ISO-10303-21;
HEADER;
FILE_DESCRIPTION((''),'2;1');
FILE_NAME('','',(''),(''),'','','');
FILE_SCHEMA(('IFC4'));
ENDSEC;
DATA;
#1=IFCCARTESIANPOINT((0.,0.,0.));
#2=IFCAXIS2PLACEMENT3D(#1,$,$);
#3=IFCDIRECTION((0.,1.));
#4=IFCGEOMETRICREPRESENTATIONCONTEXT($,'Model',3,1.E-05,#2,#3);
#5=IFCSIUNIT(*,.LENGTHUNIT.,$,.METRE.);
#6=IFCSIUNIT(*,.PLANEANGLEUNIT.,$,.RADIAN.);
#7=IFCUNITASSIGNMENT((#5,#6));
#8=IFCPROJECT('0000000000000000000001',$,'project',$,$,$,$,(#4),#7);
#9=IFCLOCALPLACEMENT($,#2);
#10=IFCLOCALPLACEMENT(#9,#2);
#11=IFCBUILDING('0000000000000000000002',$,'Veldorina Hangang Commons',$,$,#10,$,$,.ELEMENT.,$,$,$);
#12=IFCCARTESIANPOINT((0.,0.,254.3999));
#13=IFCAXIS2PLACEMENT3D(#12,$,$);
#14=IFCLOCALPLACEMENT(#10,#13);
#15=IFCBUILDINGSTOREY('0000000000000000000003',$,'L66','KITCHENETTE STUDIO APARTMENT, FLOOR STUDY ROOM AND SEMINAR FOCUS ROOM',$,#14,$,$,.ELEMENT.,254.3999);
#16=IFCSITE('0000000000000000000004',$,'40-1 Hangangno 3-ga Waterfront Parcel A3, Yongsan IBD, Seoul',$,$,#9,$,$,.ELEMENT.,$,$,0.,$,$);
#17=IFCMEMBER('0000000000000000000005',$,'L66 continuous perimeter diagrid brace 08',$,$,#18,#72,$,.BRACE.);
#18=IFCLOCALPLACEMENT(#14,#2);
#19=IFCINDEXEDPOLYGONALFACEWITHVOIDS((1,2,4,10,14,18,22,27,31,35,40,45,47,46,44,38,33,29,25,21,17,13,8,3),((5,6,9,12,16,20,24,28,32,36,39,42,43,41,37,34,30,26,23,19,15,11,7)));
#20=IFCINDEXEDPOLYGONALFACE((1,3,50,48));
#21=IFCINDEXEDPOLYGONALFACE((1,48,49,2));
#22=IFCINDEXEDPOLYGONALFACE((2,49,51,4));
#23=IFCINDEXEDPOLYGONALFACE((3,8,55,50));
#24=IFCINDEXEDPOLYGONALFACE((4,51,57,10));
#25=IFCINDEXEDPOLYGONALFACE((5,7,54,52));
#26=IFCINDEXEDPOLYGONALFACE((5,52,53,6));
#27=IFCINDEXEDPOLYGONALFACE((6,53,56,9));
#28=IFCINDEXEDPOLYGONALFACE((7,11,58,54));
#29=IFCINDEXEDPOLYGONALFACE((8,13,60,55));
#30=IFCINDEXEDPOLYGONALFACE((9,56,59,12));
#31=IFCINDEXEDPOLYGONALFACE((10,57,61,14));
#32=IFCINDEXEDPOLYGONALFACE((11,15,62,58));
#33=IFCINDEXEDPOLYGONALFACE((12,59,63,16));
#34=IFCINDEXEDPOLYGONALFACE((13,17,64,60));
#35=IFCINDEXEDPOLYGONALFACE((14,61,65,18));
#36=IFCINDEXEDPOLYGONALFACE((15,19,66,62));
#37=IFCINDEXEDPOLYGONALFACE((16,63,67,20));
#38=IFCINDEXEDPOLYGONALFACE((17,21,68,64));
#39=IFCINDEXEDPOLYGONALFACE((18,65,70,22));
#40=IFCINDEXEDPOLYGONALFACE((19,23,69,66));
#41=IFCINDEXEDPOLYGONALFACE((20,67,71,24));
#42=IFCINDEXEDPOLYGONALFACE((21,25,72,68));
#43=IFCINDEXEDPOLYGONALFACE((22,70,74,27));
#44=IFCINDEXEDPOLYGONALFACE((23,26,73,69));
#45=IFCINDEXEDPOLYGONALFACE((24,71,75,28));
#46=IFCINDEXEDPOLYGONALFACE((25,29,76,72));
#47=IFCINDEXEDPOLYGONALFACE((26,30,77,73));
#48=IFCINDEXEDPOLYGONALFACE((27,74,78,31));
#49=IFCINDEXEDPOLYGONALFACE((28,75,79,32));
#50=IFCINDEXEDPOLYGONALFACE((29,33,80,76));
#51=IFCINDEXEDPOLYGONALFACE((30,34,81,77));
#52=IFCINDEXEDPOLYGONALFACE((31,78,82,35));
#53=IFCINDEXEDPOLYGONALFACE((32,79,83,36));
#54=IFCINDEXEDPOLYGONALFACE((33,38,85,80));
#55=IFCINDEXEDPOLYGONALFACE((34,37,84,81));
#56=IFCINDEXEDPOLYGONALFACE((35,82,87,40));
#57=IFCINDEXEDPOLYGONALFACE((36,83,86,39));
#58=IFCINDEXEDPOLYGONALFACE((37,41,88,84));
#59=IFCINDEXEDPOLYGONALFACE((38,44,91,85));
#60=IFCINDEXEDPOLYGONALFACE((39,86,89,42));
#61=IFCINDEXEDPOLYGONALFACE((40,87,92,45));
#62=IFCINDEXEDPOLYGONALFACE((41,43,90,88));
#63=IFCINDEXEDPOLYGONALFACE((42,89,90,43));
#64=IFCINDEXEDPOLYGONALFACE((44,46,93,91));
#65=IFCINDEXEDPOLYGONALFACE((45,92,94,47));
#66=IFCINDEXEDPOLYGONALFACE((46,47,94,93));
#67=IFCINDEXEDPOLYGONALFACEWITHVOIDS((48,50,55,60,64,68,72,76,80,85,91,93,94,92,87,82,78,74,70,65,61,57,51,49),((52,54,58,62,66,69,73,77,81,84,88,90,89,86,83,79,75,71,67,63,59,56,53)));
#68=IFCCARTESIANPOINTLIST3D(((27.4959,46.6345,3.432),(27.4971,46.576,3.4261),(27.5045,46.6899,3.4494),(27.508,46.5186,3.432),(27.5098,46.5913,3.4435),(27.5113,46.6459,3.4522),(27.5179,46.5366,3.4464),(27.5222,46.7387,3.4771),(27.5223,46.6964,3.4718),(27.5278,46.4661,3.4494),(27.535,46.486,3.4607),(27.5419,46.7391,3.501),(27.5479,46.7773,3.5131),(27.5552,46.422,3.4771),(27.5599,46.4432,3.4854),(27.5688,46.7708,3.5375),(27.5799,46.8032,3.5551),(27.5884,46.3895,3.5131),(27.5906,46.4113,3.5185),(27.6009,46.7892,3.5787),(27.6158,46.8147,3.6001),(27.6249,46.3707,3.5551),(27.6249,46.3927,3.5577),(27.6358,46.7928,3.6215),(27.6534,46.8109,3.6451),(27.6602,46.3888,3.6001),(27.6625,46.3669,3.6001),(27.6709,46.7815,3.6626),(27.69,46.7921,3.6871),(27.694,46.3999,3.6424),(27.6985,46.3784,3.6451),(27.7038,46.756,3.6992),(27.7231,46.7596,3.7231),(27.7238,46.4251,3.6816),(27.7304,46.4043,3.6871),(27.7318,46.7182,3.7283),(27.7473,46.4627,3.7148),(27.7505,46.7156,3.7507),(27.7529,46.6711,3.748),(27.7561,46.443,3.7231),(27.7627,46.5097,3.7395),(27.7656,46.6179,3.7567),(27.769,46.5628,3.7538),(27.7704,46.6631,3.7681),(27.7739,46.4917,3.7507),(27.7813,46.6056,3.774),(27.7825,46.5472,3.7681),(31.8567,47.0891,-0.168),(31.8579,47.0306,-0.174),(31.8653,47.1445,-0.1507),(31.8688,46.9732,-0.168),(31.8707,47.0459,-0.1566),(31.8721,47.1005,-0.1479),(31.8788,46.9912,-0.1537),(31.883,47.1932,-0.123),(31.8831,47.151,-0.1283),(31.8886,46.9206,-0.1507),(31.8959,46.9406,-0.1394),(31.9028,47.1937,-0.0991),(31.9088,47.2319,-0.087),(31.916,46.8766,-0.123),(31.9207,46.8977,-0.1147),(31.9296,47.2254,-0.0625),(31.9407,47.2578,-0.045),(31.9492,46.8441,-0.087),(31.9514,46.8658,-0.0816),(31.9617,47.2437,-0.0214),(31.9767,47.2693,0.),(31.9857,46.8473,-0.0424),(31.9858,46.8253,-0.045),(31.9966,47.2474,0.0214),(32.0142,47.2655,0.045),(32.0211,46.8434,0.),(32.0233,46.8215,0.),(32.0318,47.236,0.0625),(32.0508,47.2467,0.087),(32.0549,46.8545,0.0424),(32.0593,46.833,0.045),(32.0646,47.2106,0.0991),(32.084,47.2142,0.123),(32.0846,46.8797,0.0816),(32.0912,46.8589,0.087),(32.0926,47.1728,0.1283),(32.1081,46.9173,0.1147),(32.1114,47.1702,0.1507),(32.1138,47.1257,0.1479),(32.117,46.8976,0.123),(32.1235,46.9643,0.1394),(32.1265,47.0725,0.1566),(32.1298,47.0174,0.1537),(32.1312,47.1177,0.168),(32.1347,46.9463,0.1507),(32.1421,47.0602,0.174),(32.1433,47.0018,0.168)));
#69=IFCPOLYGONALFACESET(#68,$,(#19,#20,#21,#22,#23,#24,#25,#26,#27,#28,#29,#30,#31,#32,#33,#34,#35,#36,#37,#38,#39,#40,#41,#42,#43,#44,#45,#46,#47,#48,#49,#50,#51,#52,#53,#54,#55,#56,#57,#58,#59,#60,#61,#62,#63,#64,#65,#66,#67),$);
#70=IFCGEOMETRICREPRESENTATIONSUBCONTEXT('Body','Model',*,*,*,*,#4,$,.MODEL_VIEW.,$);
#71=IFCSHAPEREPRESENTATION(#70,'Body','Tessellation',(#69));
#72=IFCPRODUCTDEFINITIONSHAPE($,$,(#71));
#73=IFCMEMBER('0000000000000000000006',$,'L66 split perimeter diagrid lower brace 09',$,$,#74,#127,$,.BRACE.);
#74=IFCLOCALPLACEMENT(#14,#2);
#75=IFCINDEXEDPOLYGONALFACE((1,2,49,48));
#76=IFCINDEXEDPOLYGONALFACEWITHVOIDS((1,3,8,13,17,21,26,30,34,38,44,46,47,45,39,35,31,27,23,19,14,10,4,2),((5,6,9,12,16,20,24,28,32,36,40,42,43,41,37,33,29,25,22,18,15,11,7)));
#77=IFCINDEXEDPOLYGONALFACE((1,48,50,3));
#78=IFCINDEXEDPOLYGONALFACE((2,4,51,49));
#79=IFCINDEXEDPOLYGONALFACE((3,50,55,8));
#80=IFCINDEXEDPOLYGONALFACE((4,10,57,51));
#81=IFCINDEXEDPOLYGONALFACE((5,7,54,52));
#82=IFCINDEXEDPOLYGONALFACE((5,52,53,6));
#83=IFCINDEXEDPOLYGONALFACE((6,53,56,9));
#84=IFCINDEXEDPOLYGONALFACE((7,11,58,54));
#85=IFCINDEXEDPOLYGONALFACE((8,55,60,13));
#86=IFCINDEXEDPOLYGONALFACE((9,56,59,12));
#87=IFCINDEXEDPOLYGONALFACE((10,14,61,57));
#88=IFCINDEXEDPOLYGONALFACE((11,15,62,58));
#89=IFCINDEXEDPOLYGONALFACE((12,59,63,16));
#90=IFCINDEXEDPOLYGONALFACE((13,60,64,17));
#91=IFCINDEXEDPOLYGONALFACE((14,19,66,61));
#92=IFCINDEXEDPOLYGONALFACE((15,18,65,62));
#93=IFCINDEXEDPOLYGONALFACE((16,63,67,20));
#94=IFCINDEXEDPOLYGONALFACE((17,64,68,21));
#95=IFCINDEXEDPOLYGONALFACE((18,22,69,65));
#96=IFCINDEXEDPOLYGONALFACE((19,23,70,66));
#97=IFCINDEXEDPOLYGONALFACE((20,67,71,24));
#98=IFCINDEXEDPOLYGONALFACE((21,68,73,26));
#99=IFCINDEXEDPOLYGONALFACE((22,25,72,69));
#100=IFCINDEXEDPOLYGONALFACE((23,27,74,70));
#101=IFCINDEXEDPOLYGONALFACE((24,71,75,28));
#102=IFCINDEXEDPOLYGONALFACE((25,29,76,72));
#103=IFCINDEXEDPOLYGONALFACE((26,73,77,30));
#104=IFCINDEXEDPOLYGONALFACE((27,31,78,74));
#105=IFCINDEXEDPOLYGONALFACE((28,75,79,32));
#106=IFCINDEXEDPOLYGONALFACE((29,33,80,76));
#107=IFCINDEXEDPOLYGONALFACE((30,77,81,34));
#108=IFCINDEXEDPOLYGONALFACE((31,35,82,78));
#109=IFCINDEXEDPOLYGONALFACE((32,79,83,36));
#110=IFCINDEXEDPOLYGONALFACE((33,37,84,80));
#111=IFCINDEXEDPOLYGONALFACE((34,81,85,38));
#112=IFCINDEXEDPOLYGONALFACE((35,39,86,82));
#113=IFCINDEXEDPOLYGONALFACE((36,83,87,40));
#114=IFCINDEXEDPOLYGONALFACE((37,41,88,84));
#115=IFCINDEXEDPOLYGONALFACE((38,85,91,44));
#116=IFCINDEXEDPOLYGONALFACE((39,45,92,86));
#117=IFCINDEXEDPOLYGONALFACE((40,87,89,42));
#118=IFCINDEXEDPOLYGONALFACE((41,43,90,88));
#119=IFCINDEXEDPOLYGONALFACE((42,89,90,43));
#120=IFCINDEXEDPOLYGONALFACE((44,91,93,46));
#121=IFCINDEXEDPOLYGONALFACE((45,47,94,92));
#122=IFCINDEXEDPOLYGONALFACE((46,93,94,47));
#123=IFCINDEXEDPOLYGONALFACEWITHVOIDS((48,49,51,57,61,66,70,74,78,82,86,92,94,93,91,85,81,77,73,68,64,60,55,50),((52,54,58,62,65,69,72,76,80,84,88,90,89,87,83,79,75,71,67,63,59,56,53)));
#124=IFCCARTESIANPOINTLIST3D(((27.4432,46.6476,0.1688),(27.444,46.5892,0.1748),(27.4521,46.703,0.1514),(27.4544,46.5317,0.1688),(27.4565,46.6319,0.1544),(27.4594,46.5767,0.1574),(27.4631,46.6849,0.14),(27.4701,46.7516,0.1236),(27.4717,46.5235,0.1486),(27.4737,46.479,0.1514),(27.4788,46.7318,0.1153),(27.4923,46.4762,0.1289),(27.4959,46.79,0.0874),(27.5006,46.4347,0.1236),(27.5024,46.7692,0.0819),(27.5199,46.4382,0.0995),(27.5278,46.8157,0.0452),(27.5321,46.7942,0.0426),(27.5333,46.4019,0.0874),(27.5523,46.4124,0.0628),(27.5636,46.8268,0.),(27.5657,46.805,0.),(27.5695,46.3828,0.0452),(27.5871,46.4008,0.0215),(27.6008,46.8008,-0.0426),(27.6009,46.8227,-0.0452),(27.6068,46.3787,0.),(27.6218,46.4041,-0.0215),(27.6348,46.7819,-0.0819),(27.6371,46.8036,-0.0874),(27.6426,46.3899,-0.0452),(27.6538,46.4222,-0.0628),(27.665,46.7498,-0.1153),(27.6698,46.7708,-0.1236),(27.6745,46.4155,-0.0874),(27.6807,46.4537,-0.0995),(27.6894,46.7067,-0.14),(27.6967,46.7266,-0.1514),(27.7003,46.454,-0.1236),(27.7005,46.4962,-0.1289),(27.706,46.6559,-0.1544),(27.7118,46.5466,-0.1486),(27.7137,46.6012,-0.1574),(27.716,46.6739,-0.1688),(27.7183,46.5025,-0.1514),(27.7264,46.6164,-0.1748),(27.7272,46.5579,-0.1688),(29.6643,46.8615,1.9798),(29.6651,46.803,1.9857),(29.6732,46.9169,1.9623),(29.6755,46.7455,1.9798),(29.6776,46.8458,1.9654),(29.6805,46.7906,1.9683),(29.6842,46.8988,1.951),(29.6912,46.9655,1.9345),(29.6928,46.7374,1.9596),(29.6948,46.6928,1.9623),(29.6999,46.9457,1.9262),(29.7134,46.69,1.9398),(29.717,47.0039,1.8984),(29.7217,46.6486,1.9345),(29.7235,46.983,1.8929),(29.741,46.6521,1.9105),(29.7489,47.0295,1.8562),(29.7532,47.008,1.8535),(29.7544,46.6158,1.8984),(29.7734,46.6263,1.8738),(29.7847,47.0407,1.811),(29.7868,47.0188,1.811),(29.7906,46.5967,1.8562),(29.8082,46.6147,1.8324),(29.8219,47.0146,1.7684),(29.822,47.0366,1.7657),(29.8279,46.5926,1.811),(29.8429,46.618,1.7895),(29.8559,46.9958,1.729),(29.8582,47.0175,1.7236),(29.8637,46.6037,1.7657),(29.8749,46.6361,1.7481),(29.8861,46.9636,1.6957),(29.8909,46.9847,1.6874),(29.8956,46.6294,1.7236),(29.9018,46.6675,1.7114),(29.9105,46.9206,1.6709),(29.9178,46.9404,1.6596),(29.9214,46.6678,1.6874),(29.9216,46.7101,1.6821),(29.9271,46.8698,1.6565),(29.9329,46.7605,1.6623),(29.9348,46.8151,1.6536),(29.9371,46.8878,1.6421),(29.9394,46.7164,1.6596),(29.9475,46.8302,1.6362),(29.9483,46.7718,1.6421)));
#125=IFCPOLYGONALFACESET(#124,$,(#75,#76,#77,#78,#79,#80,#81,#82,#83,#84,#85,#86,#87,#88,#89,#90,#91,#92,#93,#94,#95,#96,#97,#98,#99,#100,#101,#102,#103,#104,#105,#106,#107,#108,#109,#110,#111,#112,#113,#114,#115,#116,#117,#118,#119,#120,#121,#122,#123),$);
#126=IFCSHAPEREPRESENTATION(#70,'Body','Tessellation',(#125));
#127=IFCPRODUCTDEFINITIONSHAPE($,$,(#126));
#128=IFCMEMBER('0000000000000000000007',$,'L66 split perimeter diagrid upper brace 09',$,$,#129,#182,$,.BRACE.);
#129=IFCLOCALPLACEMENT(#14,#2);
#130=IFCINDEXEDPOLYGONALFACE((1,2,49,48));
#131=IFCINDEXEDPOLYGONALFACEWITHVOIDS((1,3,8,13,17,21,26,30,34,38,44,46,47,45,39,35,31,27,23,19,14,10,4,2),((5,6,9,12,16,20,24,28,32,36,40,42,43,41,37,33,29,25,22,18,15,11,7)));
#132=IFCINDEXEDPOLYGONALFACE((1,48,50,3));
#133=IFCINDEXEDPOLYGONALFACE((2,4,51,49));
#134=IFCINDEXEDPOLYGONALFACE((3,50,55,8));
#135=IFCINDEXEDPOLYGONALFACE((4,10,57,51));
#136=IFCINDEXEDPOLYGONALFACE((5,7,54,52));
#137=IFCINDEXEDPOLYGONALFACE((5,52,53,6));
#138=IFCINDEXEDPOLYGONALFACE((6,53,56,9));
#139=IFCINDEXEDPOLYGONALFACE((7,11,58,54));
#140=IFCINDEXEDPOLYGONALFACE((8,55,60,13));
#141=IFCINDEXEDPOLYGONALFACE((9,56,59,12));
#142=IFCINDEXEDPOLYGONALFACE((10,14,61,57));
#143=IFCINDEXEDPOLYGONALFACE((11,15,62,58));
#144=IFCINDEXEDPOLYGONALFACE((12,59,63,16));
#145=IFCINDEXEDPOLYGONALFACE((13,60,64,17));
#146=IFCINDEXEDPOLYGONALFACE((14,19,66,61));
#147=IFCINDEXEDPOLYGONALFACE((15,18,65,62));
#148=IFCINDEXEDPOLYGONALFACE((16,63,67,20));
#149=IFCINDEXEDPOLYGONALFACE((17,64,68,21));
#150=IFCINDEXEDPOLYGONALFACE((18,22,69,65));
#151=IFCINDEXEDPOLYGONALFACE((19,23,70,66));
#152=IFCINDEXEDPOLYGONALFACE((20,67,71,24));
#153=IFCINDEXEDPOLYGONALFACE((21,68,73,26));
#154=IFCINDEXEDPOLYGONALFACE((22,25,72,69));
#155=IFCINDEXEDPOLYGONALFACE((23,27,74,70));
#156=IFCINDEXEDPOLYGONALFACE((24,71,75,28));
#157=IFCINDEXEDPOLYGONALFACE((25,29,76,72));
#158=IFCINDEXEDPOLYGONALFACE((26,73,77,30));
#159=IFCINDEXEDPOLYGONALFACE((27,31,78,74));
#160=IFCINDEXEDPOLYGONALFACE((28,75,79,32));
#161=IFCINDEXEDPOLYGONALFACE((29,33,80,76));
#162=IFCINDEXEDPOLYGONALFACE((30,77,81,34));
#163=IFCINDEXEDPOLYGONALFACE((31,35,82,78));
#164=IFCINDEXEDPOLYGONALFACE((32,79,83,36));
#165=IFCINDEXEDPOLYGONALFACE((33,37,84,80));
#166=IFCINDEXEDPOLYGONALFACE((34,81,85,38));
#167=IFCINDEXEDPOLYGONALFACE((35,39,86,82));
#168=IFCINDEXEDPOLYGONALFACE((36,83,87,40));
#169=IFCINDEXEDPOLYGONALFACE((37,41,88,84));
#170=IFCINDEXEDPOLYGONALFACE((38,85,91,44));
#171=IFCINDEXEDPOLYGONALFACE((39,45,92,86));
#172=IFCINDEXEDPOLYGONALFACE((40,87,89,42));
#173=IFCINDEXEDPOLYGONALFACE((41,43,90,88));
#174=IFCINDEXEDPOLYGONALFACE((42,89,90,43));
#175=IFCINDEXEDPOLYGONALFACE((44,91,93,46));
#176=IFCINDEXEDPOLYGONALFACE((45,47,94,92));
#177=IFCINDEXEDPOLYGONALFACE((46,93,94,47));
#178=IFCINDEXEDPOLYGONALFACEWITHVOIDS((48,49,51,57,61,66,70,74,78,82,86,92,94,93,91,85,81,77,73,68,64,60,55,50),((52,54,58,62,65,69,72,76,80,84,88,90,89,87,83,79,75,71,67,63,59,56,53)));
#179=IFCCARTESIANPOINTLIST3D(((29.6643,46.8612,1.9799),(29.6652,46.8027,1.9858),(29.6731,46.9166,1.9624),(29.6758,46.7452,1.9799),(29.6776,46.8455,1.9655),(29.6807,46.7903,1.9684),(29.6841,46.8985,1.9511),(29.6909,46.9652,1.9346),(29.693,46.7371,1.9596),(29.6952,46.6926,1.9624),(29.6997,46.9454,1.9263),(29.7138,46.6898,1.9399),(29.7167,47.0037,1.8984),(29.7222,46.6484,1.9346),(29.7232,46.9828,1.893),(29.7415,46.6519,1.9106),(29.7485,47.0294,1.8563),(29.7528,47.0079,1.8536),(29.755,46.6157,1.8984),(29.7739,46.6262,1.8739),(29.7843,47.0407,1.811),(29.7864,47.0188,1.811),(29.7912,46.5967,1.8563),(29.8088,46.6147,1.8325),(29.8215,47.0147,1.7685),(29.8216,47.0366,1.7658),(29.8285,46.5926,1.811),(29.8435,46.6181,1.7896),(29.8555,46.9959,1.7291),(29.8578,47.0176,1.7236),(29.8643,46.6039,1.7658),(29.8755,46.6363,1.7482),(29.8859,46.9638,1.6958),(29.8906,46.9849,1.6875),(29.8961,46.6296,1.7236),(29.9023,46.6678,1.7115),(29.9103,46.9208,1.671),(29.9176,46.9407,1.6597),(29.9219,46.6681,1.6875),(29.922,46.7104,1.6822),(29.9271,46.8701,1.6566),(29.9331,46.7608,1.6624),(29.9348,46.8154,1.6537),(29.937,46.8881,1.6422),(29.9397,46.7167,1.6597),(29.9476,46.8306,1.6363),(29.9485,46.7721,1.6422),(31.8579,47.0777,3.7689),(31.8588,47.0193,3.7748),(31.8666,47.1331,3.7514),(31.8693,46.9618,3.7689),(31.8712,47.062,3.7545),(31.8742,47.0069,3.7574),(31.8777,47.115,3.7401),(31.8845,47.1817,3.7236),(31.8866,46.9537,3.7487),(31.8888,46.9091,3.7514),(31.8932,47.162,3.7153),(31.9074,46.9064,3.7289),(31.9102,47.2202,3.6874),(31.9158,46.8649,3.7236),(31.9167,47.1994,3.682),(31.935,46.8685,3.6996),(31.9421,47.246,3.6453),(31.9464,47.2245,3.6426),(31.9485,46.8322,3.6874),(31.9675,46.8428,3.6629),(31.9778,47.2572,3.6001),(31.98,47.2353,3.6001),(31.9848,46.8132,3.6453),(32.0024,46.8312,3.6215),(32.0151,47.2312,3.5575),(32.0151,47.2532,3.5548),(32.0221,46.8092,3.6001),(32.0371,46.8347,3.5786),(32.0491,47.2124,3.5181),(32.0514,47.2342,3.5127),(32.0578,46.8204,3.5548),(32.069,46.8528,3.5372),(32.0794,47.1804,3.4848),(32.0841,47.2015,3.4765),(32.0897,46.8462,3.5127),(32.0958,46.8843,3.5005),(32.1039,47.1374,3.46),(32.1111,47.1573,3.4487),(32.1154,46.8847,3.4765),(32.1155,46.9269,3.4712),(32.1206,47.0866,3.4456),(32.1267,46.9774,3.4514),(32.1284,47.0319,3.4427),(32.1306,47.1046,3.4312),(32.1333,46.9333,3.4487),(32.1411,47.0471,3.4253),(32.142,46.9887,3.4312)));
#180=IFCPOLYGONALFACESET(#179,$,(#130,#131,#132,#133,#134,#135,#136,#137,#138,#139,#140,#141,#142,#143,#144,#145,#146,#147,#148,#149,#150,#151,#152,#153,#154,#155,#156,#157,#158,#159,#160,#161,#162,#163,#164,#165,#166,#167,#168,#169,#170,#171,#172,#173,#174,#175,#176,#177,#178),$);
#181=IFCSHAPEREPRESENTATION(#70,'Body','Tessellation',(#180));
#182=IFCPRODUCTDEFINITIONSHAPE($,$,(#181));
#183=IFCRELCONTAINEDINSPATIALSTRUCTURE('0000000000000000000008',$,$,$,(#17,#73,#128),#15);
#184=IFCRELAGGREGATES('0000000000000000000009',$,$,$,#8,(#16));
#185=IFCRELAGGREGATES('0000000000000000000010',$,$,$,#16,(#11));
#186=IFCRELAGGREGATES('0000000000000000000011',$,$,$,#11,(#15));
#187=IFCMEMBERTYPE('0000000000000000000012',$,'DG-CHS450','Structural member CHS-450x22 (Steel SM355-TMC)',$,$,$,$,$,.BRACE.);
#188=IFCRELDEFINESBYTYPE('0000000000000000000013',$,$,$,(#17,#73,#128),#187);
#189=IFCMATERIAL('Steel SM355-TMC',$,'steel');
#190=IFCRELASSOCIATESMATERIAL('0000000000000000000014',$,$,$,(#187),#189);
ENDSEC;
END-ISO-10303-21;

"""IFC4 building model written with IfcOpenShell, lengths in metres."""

from ifc_helpers import new_model, si_unit, direction, frame, origin, origin_2d, place, context, subcontext, project, spatial, hollow_circle, extrude, material, material_profile, profile_set, type_object, element, save


model = new_model("IFC4")

# Units and contexts
model_context = context("Model", 3, precision=1e-05, world=origin(), true_north=direction((0.0, 1.0)))
body_context = subcontext(model_context, "Body", "Model", "MODEL_VIEW")
ifc_project = project(units=[si_unit("LENGTHUNIT", "METRE"), si_unit("PLANEANGLEUNIT", "RADIAN")], contexts=[model_context])

# Site, building, storey
site_placement = place(None, origin())
site = spatial("IfcSite", under=ifc_project, at=site_placement, Name="40-1 Hangangno 3-ga Waterfront Parcel A3, Yongsan IBD, Seoul", CompositionType="ELEMENT", RefElevation=0.0)
building_placement = place(site_placement, origin())
building = spatial("IfcBuilding", under=site, at=building_placement, Name="Veldorina Hangang Commons", CompositionType="ELEMENT")
storey_placement = place(building_placement, frame((0.0, 0.0, 254.3999)))
storey = spatial("IfcBuildingStorey", under=building, at=storey_placement, Name="L66", Description="KITCHENETTE STUDIO APARTMENT, FLOOR STUDY ROOM AND SEMINAR FOCUS ROOM", CompositionType="ELEMENT", Elevation=254.3999)

# Shared definitions
ifc_material_1 = material(Name="Steel SM355-TMC", Category="steel")

# Members
ifc_material_profile_1 = material_profile(ifc_material_1, hollow_circle(Radius=0.2251, WallThickness=0.022, at=origin_2d()), Name="CHS-450x22")
ifc_profile_set_1 = profile_set([ifc_material_profile_1], Name="Steel SM355-TMC")
member_type_1 = type_object("IfcMemberType", Name="DG-CHS450", Description="Structural member CHS-450x22 (Steel SM355-TMC)", PredefinedType="BRACE", material=ifc_profile_set_1)
member_1_placement = place(storey_placement, frame((32.0, 47.0454, 0.0), z_axis=(-0.768685, -0.08013, 0.634589), x_axis=(0.103682, -0.994611, 0.0)))
element("IfcMember", 1, at=member_1_placement, inside=storey, type_object=member_type_1, Name="L66 continuous perimeter diagrid brace 08", PredefinedType="BRACE", context=body_context, shape_type="SweptSolid", body=[
    extrude(hollow_circle(Radius=0.2251, WallThickness=0.022, at=origin_2d()), origin(), (0.0, 0.0, 1.0), 5.6731),
])
member_2_placement = place(storey_placement, frame((27.5852, 46.6028, 0.0), z_axis=(0.772885, 0.074417, 0.630167), x_axis=(-0.095842, 0.995397, 0.0)))
element("IfcMember", 2, at=member_2_placement, inside=storey, type_object=member_type_1, Name="L66 split perimeter diagrid lower brace 09", PredefinedType="BRACE", context=body_context, shape_type="SweptSolid", body=[
    extrude(hollow_circle(Radius=0.2251, WallThickness=0.022, at=origin_2d()), origin(), (0.0, 0.0, 1.0), 2.8738),
])
member_3_placement = place(storey_placement, frame((29.8064, 46.8167, 1.811), z_axis=(0.772686, 0.07628, 0.630189), x_axis=(-0.098243, 0.995163, 0.0)))
element("IfcMember", 3, at=member_3_placement, inside=storey, type_object=member_type_1, Name="L66 split perimeter diagrid upper brace 09", PredefinedType="BRACE", context=body_context, shape_type="SweptSolid", body=[
    extrude(hollow_circle(Radius=0.2251, WallThickness=0.022, at=origin_2d()), origin(), (0.0, 0.0, 1.0), 2.8389),
])

save(model, "model.ifc")
